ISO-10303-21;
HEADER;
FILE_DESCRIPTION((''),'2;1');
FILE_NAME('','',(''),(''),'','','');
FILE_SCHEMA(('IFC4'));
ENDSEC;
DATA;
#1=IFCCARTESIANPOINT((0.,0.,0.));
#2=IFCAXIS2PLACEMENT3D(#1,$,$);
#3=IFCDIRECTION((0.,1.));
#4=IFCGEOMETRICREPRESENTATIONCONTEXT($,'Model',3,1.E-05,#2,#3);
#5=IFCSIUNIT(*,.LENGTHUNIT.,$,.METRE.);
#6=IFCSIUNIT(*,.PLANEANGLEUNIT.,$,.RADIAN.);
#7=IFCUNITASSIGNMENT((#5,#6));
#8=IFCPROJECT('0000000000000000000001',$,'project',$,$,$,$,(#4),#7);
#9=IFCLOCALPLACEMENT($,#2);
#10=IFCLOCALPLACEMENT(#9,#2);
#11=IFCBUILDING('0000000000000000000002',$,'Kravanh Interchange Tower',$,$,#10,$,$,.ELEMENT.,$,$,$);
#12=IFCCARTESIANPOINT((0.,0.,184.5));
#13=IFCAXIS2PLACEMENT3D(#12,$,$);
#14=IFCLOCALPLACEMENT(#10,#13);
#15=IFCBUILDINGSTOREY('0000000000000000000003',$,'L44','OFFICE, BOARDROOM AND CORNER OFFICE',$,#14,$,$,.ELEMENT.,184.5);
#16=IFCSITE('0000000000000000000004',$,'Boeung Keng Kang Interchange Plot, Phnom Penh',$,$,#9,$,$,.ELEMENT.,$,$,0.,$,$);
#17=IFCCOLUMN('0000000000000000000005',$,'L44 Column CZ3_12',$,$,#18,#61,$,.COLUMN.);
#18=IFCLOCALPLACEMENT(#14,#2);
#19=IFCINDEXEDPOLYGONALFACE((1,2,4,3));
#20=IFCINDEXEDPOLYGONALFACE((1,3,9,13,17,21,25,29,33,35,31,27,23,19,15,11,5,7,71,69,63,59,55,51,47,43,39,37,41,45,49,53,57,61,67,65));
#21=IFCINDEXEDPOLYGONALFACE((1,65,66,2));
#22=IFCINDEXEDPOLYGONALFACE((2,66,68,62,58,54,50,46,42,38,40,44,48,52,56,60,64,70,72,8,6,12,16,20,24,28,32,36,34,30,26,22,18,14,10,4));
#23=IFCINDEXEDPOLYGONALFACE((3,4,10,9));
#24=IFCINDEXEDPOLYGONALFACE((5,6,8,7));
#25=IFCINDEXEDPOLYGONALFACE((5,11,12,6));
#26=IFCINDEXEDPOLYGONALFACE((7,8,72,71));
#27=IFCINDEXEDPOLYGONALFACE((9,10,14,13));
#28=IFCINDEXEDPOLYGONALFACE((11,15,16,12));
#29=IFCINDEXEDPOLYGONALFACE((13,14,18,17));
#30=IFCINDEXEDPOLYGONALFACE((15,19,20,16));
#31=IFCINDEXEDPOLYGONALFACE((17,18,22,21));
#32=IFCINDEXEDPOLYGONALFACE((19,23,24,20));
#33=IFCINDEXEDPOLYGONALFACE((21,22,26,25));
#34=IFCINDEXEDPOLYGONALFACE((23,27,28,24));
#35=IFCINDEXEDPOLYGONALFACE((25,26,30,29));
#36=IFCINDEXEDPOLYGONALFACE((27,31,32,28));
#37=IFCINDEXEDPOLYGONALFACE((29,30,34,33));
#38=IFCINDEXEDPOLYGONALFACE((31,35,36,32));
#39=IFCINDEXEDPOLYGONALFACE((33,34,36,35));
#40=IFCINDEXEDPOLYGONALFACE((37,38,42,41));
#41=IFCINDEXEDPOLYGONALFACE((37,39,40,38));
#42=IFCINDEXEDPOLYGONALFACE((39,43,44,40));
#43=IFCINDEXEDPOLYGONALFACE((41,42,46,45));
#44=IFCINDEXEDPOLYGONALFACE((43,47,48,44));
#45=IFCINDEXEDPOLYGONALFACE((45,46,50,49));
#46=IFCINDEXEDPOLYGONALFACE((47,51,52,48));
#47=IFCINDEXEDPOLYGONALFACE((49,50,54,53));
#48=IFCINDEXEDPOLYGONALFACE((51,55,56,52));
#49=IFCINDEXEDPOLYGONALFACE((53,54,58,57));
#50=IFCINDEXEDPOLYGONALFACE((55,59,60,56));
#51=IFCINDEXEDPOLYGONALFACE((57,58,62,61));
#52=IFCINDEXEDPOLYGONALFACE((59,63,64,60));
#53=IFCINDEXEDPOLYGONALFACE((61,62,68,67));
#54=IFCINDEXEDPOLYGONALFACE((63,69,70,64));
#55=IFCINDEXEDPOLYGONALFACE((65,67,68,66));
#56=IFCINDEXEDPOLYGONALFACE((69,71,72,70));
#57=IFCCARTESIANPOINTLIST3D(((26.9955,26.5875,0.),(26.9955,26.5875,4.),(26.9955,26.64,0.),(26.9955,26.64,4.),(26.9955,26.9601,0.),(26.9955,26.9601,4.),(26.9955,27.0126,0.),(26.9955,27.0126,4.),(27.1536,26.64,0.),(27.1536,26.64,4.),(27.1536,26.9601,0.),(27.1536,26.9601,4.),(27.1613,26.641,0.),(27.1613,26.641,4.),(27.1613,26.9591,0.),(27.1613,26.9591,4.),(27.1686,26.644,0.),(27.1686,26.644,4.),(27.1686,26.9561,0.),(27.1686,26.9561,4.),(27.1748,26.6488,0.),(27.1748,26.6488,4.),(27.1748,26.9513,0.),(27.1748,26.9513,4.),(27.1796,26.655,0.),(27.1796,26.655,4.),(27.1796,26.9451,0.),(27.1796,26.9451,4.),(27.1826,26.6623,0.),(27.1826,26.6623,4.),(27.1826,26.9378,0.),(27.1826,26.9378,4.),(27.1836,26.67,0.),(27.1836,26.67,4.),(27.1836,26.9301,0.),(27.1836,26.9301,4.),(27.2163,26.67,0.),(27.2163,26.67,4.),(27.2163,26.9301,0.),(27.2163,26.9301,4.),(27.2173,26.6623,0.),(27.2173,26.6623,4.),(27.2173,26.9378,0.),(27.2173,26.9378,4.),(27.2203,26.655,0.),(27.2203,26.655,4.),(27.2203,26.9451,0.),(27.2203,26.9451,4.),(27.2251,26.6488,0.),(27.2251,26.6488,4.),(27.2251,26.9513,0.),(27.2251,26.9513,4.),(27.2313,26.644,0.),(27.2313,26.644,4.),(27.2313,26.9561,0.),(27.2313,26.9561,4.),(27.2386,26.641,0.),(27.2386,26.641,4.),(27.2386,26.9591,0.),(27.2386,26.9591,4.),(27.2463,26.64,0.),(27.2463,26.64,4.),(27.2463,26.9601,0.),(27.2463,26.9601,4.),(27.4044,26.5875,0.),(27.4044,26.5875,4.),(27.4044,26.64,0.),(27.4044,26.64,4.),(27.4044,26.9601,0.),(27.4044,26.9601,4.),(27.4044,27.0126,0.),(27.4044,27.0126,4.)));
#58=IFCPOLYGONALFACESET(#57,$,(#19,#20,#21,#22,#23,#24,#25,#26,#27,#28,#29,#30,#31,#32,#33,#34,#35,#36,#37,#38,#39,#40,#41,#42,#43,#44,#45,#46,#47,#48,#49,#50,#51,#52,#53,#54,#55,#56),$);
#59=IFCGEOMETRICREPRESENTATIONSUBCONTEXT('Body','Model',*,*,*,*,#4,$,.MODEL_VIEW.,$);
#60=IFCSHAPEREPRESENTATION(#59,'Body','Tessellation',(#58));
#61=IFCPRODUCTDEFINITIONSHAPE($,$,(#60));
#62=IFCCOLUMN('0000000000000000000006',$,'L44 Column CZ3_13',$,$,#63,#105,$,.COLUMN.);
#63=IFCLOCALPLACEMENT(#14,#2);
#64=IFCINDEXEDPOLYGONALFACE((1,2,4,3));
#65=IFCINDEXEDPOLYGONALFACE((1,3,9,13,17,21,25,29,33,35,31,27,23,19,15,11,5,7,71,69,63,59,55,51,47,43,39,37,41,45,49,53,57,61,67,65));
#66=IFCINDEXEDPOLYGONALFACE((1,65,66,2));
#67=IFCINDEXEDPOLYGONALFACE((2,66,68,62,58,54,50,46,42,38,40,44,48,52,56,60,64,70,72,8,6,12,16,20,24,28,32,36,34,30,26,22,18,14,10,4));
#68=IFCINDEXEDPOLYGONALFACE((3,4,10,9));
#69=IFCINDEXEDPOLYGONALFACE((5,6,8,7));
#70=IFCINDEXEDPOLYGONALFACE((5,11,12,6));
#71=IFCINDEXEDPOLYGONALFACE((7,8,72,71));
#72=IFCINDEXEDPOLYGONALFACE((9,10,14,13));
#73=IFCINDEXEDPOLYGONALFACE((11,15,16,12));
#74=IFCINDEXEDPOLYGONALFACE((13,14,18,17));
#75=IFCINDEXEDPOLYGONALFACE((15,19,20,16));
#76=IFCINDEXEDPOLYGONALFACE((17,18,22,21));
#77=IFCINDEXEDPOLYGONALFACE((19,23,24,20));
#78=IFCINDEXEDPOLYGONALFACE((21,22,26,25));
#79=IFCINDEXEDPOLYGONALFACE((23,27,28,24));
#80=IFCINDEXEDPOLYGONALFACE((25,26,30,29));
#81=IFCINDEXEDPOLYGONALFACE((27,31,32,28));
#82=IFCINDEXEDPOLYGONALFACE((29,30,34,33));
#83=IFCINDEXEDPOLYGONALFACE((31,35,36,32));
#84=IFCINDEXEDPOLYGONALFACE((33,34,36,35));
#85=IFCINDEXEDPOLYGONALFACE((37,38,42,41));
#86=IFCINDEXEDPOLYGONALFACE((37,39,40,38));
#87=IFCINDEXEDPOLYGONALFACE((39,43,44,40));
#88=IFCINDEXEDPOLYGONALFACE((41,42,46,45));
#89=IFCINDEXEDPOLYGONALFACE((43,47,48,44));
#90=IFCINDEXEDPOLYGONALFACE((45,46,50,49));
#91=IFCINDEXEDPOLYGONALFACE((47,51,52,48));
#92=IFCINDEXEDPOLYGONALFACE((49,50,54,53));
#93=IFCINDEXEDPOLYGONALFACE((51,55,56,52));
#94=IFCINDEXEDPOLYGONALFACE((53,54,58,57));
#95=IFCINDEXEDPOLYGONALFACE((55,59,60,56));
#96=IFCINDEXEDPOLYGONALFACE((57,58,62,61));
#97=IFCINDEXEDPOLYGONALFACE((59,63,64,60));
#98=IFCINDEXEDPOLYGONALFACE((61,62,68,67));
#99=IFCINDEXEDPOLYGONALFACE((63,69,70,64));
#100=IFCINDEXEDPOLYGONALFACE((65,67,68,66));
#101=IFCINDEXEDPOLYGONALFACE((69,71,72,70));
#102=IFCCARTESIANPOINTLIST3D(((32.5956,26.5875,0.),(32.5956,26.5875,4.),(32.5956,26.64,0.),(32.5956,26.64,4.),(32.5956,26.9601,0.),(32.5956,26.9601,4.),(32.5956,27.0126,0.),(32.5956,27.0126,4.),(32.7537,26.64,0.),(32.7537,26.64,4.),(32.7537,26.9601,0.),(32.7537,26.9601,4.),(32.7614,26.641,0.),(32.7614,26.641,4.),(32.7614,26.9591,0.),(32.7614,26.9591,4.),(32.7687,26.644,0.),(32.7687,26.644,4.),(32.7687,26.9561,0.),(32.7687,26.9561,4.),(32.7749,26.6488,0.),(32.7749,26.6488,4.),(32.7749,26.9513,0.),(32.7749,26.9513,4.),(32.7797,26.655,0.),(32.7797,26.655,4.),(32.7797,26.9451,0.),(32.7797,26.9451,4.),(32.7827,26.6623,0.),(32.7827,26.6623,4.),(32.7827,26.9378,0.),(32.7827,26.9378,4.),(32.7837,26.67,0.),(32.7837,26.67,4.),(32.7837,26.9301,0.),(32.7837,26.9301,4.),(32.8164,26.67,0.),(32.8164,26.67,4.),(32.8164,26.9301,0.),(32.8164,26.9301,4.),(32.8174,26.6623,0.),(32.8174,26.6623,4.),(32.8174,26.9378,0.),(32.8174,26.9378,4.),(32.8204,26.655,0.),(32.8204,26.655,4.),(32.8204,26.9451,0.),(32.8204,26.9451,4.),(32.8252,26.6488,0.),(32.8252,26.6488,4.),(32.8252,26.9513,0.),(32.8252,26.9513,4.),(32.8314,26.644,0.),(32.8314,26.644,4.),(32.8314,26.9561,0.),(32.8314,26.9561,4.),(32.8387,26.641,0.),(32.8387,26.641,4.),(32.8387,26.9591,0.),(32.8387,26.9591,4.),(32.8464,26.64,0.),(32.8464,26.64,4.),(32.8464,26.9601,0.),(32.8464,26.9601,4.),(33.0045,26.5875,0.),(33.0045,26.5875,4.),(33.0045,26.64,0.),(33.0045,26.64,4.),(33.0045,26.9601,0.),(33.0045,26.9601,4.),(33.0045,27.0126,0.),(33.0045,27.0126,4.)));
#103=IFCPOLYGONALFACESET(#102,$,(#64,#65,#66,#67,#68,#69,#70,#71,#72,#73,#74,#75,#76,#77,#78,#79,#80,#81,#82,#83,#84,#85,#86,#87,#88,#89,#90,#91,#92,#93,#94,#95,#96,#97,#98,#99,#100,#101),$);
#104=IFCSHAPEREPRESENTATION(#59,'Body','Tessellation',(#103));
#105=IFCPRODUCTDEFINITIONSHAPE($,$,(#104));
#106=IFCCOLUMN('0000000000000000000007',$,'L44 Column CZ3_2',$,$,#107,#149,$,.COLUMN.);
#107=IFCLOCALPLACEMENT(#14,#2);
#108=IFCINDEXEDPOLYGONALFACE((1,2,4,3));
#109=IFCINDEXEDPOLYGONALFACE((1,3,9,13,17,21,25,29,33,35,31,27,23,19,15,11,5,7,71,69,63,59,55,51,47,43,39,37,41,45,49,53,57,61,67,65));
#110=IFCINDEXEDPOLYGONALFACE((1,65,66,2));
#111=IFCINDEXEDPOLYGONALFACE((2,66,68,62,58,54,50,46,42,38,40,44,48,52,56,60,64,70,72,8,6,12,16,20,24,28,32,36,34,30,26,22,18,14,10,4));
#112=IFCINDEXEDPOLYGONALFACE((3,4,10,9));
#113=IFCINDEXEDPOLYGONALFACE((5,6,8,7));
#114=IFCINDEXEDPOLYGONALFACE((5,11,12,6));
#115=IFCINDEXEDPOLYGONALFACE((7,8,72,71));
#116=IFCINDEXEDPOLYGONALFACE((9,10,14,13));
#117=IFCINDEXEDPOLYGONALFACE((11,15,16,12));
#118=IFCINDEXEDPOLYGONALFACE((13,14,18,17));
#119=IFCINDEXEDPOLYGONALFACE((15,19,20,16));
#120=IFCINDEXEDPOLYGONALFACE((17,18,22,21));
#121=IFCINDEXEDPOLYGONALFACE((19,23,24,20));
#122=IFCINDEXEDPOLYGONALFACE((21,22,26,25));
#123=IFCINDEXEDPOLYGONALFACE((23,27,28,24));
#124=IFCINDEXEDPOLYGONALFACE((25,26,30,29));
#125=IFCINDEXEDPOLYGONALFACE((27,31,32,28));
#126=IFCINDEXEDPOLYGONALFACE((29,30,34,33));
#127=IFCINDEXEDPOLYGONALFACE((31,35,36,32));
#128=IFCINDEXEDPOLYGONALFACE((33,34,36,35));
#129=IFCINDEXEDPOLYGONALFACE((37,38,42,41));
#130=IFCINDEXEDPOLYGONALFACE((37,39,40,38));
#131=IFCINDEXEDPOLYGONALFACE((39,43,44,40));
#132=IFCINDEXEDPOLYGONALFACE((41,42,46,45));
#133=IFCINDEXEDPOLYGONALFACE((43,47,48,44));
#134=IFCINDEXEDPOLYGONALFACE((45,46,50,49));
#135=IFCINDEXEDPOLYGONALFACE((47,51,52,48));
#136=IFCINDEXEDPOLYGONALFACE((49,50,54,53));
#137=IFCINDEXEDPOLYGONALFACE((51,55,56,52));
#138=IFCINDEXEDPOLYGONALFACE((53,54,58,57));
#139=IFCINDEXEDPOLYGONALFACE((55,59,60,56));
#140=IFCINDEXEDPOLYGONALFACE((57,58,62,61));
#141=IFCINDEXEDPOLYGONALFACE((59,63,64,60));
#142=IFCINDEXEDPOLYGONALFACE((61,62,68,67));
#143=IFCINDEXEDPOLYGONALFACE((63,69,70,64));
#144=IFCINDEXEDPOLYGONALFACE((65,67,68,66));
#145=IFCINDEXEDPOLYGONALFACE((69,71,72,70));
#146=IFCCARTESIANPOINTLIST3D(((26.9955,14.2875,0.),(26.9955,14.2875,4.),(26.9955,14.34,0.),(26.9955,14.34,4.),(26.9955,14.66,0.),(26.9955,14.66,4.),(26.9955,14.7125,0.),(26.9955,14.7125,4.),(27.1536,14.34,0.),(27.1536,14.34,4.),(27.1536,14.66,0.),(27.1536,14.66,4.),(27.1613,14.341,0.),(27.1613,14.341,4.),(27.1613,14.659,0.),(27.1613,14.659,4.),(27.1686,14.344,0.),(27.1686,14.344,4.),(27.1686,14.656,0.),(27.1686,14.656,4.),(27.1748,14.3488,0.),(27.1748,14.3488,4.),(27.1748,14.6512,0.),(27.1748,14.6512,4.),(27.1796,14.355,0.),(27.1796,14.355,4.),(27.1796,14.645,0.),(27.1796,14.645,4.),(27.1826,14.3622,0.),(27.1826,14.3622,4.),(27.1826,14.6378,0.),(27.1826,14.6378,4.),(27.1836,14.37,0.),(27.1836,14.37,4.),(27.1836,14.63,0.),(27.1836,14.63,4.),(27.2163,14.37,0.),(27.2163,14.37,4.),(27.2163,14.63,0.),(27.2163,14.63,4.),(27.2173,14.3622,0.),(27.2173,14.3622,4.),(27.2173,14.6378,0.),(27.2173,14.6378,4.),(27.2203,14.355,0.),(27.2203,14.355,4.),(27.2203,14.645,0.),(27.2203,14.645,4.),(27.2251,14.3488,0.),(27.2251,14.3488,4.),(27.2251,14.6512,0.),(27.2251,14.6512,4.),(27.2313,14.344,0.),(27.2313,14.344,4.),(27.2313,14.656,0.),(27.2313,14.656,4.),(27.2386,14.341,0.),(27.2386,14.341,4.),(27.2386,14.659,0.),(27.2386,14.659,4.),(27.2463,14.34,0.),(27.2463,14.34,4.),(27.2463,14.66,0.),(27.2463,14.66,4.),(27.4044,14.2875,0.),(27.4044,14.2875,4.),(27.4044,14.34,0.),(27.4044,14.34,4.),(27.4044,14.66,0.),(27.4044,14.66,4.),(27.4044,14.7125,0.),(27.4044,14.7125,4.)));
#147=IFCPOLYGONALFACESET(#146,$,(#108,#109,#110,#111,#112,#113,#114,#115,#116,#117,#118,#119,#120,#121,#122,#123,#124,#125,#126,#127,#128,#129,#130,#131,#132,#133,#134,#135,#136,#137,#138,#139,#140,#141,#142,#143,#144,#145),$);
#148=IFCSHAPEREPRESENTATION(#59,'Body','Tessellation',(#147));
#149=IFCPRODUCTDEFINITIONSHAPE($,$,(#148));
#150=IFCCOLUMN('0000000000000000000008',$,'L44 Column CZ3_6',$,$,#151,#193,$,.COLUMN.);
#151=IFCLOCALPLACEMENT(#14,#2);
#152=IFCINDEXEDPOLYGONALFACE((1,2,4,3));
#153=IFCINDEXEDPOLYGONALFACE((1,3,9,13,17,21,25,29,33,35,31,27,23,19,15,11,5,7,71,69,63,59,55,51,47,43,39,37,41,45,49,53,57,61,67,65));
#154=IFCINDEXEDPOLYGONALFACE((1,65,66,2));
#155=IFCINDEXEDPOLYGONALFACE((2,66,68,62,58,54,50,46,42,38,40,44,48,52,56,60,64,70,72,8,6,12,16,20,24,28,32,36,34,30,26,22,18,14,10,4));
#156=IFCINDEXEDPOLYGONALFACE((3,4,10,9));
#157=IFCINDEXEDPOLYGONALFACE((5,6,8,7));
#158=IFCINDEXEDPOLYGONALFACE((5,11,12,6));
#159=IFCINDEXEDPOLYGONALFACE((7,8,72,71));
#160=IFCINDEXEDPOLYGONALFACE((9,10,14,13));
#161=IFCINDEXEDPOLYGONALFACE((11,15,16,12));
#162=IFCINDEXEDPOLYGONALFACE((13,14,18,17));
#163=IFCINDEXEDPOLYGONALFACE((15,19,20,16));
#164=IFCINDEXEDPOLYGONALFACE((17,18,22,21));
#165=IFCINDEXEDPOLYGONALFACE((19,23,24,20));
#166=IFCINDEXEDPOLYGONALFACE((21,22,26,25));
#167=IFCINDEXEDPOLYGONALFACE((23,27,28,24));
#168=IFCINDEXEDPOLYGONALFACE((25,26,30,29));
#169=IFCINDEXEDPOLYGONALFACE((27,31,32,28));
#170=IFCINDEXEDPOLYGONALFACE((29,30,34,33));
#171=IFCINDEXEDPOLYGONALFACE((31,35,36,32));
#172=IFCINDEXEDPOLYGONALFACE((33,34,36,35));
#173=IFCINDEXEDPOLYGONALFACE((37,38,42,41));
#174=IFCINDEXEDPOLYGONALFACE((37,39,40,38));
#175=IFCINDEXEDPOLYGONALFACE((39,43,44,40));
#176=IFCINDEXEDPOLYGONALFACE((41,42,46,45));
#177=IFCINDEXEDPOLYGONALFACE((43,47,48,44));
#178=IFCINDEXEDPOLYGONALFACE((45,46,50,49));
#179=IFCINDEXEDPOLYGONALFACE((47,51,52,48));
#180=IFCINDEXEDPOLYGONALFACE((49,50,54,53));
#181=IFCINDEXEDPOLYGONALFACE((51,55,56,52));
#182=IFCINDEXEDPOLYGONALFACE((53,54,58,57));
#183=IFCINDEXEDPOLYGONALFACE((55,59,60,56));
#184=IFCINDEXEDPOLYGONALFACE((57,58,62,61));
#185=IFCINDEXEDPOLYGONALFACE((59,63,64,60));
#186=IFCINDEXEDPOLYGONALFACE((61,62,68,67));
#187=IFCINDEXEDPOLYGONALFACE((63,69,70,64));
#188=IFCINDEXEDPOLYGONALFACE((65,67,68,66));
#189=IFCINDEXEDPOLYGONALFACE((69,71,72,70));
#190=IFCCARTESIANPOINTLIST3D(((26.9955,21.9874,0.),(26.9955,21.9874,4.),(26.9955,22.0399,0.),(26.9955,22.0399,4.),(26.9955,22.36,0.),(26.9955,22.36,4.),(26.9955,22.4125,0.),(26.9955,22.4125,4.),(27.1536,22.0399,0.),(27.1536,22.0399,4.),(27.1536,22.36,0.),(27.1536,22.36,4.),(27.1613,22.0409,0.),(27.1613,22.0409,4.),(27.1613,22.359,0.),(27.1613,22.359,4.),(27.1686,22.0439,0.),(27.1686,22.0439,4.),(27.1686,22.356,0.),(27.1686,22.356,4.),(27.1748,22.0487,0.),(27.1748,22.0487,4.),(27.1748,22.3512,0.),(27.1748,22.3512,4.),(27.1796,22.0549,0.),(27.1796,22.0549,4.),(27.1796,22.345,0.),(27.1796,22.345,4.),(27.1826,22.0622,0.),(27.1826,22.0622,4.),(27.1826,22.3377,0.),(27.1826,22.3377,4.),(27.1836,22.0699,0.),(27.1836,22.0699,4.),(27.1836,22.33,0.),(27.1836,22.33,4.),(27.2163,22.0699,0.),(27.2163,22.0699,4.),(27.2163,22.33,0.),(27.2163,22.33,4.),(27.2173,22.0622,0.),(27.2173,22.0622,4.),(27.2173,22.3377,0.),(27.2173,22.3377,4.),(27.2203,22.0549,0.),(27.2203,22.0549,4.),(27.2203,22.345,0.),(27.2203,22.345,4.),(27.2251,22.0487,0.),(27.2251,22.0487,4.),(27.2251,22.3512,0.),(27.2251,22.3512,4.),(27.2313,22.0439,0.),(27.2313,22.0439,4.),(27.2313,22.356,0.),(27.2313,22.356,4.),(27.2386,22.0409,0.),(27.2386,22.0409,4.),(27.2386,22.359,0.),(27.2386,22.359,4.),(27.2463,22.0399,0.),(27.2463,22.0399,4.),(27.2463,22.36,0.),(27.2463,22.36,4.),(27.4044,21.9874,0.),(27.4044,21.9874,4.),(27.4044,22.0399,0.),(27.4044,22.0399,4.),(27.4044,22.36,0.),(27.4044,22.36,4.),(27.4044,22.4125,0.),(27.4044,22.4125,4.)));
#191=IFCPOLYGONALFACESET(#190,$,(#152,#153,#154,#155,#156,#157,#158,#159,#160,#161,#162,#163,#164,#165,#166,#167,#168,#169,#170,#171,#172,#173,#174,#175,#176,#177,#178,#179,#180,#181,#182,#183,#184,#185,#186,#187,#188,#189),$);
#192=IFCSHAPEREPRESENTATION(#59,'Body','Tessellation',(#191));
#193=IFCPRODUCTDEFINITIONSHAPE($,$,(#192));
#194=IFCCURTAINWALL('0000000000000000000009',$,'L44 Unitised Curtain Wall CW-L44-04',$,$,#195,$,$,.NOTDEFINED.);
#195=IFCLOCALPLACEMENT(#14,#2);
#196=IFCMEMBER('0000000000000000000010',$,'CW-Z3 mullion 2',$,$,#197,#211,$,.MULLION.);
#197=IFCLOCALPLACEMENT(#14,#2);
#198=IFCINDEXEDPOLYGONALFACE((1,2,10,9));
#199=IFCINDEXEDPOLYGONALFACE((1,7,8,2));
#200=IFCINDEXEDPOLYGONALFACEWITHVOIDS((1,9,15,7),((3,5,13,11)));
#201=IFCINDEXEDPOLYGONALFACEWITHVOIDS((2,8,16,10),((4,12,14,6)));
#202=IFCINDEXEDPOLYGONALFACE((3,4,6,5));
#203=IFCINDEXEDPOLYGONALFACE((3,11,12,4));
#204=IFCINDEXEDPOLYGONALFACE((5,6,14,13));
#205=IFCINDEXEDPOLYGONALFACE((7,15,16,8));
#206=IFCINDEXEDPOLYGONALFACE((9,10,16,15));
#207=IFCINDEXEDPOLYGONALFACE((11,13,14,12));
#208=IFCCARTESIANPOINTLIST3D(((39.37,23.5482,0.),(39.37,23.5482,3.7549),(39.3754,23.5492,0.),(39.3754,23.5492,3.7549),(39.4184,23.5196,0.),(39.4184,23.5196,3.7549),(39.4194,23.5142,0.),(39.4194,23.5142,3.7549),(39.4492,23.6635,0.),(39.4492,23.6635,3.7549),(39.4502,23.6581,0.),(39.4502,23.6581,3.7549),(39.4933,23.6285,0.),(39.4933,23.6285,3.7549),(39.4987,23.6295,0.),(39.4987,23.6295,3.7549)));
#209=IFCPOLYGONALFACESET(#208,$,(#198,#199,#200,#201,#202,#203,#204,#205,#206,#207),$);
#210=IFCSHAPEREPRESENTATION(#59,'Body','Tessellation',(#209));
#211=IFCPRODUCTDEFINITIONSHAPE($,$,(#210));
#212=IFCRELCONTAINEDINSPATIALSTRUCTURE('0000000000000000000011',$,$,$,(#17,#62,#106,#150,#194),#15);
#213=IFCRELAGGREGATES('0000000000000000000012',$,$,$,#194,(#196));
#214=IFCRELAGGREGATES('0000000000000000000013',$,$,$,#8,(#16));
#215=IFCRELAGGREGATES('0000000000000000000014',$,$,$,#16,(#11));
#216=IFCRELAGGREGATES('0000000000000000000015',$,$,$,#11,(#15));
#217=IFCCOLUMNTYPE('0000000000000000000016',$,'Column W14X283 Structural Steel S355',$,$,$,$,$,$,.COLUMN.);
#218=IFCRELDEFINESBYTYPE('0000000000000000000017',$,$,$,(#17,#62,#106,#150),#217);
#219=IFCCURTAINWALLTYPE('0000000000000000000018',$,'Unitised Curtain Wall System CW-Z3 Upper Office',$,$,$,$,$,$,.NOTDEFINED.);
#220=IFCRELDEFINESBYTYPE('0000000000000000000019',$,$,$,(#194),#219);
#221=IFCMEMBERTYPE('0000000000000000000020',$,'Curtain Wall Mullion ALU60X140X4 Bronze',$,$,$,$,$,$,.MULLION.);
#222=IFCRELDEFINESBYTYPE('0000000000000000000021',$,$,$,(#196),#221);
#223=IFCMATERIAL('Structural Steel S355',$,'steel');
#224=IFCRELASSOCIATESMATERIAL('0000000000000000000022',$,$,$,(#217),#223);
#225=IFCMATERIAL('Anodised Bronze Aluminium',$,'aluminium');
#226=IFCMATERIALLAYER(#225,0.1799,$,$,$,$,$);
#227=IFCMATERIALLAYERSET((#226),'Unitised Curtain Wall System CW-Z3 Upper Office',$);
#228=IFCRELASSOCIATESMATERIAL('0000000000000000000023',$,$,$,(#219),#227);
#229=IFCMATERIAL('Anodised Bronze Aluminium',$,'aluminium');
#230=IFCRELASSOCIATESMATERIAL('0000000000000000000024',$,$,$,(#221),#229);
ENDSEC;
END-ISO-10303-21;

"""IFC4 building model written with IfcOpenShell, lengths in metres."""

from ifc_helpers import new_model, si_unit, direction, frame, origin, origin_2d, place, context, subcontext, project, spatial, hollow_rectangle, i_section, extrude, material, layer, layer_set, material_profile, profile_set, type_object, element, aggregate, save


model = new_model("IFC4")

# Units and contexts
model_context = context("Model", 3, precision=1e-05, world=origin(), true_north=direction((0.0, 1.0)))
body_context = subcontext(model_context, "Body", "Model", "MODEL_VIEW")
ifc_project = project(units=[si_unit("LENGTHUNIT", "METRE"), si_unit("PLANEANGLEUNIT", "RADIAN")], contexts=[model_context])

# Site, building, storey
site_placement = place(None, origin())
site = spatial("IfcSite", under=ifc_project, at=site_placement, Name="Boeung Keng Kang Interchange Plot, Phnom Penh", CompositionType="ELEMENT", RefElevation=0.0)
building_placement = place(site_placement, origin())
building = spatial("IfcBuilding", under=site, at=building_placement, Name="Kravanh Interchange Tower", CompositionType="ELEMENT")
storey_placement = place(building_placement, frame((0.0, 0.0, 184.5)))
storey = spatial("IfcBuildingStorey", under=building, at=storey_placement, Name="L44", Description="OFFICE, BOARDROOM AND CORNER OFFICE", CompositionType="ELEMENT", Elevation=184.5)

# Columns
ifc_material_1 = material(Name="Structural Steel S355", Category="steel")
ifc_material_profile_1 = material_profile(ifc_material_1, i_section(OverallWidth=0.4089, OverallDepth=0.425, WebThickness=0.0327, FlangeThickness=0.0525, FilletRadius=0.03, at=origin_2d()), Name="W14X283")
ifc_profile_set_1 = profile_set([ifc_material_profile_1], Name="Structural Steel S355")
column_type = type_object("IfcColumnType", Name="Column W14X283 Structural Steel S355", PredefinedType="COLUMN", material=ifc_profile_set_1)
for number, where, z_axis, x_axis, name in (
    (1, (27.2, 26.8, 0.0), (0.0, 0.0, 1.0), (1.0, 0.0, 0.0), "L44 Column CZ3_12"),
    (2, (32.8, 26.8, 0.0), (0.0, 0.0, 1.0), (1.0, 0.0, 0.0), "L44 Column CZ3_13"),
    (3, (27.2, 14.5, 0.0), (0.0, 0.0, 1.0), (1.0, 0.0, 0.0), "L44 Column CZ3_2"),
    (4, (27.2, 22.2, 0.0), (0.0, 0.0, 1.0), (1.0, 0.0, 0.0), "L44 Column CZ3_6"),
):
    element("IfcColumn", number, at=place(storey_placement, frame(where, z_axis=z_axis, x_axis=x_axis)), inside=storey, type_object=column_type, Name=name, PredefinedType="COLUMN", context=body_context, shape_type="SweptSolid", body=[
        extrude(i_section(OverallWidth=0.4089, OverallDepth=0.425, WebThickness=0.0327, FlangeThickness=0.0525, FilletRadius=0.03, at=origin_2d()), origin(), (0.0, 0.0, 1.0), 4.0),
    ])

# Curtain wall, member
ifc_material_2 = material(Name="Anodised Bronze Aluminium", Category="aluminium")
ifc_layer_1 = layer(ifc_material_2, 0.1799)
ifc_layer_set_1 = layer_set([ifc_layer_1], Name="Unitised Curtain Wall System CW-Z3 Upper Office")
curtain_wall_type = type_object("IfcCurtainWallType", Name="Unitised Curtain Wall System CW-Z3 Upper Office", PredefinedType="NOTDEFINED", material=ifc_layer_set_1)
curtain_wall_1_placement = place(storey_placement, origin())
curtain_wall_1 = element("IfcCurtainWall", 5, at=curtain_wall_1_placement, inside=storey, type_object=curtain_wall_type, Name="L44 Unitised Curtain Wall CW-L44-04", PredefinedType="NOTDEFINED")
ifc_material_3 = material(Name="Anodised Bronze Aluminium", Category="aluminium")
ifc_material_profile_2 = material_profile(ifc_material_3, hollow_rectangle(XDim=0.0601, YDim=0.1399, WallThickness=0.0039, at=origin_2d()), Name="ALU60X140X4")
ifc_profile_set_2 = profile_set([ifc_material_profile_2], Name="Anodised Bronze Aluminium")
member_type_1 = type_object("IfcMemberType", Name="Curtain Wall Mullion ALU60X140X4 Bronze", PredefinedType="MULLION", material=ifc_profile_set_2)
member_1_placement = place(storey_placement, frame((39.4343, 23.5889, 0.0), z_axis=(0.0, 0.0, 1.0), x_axis=(0.824042, -0.566528, 0.0)))
member_1 = element("IfcMember", 6, at=member_1_placement, type_object=member_type_1, Name="CW-Z3 mullion 2", PredefinedType="MULLION", context=body_context, shape_type="SweptSolid", body=[
    extrude(hollow_rectangle(XDim=0.0601, YDim=0.1399, WallThickness=0.0039, at=origin_2d()), origin(), (0.0, 0.0, 1.0), 3.7549),
])

aggregate(curtain_wall_1, [member_1])

save(model, "model.ifc")
